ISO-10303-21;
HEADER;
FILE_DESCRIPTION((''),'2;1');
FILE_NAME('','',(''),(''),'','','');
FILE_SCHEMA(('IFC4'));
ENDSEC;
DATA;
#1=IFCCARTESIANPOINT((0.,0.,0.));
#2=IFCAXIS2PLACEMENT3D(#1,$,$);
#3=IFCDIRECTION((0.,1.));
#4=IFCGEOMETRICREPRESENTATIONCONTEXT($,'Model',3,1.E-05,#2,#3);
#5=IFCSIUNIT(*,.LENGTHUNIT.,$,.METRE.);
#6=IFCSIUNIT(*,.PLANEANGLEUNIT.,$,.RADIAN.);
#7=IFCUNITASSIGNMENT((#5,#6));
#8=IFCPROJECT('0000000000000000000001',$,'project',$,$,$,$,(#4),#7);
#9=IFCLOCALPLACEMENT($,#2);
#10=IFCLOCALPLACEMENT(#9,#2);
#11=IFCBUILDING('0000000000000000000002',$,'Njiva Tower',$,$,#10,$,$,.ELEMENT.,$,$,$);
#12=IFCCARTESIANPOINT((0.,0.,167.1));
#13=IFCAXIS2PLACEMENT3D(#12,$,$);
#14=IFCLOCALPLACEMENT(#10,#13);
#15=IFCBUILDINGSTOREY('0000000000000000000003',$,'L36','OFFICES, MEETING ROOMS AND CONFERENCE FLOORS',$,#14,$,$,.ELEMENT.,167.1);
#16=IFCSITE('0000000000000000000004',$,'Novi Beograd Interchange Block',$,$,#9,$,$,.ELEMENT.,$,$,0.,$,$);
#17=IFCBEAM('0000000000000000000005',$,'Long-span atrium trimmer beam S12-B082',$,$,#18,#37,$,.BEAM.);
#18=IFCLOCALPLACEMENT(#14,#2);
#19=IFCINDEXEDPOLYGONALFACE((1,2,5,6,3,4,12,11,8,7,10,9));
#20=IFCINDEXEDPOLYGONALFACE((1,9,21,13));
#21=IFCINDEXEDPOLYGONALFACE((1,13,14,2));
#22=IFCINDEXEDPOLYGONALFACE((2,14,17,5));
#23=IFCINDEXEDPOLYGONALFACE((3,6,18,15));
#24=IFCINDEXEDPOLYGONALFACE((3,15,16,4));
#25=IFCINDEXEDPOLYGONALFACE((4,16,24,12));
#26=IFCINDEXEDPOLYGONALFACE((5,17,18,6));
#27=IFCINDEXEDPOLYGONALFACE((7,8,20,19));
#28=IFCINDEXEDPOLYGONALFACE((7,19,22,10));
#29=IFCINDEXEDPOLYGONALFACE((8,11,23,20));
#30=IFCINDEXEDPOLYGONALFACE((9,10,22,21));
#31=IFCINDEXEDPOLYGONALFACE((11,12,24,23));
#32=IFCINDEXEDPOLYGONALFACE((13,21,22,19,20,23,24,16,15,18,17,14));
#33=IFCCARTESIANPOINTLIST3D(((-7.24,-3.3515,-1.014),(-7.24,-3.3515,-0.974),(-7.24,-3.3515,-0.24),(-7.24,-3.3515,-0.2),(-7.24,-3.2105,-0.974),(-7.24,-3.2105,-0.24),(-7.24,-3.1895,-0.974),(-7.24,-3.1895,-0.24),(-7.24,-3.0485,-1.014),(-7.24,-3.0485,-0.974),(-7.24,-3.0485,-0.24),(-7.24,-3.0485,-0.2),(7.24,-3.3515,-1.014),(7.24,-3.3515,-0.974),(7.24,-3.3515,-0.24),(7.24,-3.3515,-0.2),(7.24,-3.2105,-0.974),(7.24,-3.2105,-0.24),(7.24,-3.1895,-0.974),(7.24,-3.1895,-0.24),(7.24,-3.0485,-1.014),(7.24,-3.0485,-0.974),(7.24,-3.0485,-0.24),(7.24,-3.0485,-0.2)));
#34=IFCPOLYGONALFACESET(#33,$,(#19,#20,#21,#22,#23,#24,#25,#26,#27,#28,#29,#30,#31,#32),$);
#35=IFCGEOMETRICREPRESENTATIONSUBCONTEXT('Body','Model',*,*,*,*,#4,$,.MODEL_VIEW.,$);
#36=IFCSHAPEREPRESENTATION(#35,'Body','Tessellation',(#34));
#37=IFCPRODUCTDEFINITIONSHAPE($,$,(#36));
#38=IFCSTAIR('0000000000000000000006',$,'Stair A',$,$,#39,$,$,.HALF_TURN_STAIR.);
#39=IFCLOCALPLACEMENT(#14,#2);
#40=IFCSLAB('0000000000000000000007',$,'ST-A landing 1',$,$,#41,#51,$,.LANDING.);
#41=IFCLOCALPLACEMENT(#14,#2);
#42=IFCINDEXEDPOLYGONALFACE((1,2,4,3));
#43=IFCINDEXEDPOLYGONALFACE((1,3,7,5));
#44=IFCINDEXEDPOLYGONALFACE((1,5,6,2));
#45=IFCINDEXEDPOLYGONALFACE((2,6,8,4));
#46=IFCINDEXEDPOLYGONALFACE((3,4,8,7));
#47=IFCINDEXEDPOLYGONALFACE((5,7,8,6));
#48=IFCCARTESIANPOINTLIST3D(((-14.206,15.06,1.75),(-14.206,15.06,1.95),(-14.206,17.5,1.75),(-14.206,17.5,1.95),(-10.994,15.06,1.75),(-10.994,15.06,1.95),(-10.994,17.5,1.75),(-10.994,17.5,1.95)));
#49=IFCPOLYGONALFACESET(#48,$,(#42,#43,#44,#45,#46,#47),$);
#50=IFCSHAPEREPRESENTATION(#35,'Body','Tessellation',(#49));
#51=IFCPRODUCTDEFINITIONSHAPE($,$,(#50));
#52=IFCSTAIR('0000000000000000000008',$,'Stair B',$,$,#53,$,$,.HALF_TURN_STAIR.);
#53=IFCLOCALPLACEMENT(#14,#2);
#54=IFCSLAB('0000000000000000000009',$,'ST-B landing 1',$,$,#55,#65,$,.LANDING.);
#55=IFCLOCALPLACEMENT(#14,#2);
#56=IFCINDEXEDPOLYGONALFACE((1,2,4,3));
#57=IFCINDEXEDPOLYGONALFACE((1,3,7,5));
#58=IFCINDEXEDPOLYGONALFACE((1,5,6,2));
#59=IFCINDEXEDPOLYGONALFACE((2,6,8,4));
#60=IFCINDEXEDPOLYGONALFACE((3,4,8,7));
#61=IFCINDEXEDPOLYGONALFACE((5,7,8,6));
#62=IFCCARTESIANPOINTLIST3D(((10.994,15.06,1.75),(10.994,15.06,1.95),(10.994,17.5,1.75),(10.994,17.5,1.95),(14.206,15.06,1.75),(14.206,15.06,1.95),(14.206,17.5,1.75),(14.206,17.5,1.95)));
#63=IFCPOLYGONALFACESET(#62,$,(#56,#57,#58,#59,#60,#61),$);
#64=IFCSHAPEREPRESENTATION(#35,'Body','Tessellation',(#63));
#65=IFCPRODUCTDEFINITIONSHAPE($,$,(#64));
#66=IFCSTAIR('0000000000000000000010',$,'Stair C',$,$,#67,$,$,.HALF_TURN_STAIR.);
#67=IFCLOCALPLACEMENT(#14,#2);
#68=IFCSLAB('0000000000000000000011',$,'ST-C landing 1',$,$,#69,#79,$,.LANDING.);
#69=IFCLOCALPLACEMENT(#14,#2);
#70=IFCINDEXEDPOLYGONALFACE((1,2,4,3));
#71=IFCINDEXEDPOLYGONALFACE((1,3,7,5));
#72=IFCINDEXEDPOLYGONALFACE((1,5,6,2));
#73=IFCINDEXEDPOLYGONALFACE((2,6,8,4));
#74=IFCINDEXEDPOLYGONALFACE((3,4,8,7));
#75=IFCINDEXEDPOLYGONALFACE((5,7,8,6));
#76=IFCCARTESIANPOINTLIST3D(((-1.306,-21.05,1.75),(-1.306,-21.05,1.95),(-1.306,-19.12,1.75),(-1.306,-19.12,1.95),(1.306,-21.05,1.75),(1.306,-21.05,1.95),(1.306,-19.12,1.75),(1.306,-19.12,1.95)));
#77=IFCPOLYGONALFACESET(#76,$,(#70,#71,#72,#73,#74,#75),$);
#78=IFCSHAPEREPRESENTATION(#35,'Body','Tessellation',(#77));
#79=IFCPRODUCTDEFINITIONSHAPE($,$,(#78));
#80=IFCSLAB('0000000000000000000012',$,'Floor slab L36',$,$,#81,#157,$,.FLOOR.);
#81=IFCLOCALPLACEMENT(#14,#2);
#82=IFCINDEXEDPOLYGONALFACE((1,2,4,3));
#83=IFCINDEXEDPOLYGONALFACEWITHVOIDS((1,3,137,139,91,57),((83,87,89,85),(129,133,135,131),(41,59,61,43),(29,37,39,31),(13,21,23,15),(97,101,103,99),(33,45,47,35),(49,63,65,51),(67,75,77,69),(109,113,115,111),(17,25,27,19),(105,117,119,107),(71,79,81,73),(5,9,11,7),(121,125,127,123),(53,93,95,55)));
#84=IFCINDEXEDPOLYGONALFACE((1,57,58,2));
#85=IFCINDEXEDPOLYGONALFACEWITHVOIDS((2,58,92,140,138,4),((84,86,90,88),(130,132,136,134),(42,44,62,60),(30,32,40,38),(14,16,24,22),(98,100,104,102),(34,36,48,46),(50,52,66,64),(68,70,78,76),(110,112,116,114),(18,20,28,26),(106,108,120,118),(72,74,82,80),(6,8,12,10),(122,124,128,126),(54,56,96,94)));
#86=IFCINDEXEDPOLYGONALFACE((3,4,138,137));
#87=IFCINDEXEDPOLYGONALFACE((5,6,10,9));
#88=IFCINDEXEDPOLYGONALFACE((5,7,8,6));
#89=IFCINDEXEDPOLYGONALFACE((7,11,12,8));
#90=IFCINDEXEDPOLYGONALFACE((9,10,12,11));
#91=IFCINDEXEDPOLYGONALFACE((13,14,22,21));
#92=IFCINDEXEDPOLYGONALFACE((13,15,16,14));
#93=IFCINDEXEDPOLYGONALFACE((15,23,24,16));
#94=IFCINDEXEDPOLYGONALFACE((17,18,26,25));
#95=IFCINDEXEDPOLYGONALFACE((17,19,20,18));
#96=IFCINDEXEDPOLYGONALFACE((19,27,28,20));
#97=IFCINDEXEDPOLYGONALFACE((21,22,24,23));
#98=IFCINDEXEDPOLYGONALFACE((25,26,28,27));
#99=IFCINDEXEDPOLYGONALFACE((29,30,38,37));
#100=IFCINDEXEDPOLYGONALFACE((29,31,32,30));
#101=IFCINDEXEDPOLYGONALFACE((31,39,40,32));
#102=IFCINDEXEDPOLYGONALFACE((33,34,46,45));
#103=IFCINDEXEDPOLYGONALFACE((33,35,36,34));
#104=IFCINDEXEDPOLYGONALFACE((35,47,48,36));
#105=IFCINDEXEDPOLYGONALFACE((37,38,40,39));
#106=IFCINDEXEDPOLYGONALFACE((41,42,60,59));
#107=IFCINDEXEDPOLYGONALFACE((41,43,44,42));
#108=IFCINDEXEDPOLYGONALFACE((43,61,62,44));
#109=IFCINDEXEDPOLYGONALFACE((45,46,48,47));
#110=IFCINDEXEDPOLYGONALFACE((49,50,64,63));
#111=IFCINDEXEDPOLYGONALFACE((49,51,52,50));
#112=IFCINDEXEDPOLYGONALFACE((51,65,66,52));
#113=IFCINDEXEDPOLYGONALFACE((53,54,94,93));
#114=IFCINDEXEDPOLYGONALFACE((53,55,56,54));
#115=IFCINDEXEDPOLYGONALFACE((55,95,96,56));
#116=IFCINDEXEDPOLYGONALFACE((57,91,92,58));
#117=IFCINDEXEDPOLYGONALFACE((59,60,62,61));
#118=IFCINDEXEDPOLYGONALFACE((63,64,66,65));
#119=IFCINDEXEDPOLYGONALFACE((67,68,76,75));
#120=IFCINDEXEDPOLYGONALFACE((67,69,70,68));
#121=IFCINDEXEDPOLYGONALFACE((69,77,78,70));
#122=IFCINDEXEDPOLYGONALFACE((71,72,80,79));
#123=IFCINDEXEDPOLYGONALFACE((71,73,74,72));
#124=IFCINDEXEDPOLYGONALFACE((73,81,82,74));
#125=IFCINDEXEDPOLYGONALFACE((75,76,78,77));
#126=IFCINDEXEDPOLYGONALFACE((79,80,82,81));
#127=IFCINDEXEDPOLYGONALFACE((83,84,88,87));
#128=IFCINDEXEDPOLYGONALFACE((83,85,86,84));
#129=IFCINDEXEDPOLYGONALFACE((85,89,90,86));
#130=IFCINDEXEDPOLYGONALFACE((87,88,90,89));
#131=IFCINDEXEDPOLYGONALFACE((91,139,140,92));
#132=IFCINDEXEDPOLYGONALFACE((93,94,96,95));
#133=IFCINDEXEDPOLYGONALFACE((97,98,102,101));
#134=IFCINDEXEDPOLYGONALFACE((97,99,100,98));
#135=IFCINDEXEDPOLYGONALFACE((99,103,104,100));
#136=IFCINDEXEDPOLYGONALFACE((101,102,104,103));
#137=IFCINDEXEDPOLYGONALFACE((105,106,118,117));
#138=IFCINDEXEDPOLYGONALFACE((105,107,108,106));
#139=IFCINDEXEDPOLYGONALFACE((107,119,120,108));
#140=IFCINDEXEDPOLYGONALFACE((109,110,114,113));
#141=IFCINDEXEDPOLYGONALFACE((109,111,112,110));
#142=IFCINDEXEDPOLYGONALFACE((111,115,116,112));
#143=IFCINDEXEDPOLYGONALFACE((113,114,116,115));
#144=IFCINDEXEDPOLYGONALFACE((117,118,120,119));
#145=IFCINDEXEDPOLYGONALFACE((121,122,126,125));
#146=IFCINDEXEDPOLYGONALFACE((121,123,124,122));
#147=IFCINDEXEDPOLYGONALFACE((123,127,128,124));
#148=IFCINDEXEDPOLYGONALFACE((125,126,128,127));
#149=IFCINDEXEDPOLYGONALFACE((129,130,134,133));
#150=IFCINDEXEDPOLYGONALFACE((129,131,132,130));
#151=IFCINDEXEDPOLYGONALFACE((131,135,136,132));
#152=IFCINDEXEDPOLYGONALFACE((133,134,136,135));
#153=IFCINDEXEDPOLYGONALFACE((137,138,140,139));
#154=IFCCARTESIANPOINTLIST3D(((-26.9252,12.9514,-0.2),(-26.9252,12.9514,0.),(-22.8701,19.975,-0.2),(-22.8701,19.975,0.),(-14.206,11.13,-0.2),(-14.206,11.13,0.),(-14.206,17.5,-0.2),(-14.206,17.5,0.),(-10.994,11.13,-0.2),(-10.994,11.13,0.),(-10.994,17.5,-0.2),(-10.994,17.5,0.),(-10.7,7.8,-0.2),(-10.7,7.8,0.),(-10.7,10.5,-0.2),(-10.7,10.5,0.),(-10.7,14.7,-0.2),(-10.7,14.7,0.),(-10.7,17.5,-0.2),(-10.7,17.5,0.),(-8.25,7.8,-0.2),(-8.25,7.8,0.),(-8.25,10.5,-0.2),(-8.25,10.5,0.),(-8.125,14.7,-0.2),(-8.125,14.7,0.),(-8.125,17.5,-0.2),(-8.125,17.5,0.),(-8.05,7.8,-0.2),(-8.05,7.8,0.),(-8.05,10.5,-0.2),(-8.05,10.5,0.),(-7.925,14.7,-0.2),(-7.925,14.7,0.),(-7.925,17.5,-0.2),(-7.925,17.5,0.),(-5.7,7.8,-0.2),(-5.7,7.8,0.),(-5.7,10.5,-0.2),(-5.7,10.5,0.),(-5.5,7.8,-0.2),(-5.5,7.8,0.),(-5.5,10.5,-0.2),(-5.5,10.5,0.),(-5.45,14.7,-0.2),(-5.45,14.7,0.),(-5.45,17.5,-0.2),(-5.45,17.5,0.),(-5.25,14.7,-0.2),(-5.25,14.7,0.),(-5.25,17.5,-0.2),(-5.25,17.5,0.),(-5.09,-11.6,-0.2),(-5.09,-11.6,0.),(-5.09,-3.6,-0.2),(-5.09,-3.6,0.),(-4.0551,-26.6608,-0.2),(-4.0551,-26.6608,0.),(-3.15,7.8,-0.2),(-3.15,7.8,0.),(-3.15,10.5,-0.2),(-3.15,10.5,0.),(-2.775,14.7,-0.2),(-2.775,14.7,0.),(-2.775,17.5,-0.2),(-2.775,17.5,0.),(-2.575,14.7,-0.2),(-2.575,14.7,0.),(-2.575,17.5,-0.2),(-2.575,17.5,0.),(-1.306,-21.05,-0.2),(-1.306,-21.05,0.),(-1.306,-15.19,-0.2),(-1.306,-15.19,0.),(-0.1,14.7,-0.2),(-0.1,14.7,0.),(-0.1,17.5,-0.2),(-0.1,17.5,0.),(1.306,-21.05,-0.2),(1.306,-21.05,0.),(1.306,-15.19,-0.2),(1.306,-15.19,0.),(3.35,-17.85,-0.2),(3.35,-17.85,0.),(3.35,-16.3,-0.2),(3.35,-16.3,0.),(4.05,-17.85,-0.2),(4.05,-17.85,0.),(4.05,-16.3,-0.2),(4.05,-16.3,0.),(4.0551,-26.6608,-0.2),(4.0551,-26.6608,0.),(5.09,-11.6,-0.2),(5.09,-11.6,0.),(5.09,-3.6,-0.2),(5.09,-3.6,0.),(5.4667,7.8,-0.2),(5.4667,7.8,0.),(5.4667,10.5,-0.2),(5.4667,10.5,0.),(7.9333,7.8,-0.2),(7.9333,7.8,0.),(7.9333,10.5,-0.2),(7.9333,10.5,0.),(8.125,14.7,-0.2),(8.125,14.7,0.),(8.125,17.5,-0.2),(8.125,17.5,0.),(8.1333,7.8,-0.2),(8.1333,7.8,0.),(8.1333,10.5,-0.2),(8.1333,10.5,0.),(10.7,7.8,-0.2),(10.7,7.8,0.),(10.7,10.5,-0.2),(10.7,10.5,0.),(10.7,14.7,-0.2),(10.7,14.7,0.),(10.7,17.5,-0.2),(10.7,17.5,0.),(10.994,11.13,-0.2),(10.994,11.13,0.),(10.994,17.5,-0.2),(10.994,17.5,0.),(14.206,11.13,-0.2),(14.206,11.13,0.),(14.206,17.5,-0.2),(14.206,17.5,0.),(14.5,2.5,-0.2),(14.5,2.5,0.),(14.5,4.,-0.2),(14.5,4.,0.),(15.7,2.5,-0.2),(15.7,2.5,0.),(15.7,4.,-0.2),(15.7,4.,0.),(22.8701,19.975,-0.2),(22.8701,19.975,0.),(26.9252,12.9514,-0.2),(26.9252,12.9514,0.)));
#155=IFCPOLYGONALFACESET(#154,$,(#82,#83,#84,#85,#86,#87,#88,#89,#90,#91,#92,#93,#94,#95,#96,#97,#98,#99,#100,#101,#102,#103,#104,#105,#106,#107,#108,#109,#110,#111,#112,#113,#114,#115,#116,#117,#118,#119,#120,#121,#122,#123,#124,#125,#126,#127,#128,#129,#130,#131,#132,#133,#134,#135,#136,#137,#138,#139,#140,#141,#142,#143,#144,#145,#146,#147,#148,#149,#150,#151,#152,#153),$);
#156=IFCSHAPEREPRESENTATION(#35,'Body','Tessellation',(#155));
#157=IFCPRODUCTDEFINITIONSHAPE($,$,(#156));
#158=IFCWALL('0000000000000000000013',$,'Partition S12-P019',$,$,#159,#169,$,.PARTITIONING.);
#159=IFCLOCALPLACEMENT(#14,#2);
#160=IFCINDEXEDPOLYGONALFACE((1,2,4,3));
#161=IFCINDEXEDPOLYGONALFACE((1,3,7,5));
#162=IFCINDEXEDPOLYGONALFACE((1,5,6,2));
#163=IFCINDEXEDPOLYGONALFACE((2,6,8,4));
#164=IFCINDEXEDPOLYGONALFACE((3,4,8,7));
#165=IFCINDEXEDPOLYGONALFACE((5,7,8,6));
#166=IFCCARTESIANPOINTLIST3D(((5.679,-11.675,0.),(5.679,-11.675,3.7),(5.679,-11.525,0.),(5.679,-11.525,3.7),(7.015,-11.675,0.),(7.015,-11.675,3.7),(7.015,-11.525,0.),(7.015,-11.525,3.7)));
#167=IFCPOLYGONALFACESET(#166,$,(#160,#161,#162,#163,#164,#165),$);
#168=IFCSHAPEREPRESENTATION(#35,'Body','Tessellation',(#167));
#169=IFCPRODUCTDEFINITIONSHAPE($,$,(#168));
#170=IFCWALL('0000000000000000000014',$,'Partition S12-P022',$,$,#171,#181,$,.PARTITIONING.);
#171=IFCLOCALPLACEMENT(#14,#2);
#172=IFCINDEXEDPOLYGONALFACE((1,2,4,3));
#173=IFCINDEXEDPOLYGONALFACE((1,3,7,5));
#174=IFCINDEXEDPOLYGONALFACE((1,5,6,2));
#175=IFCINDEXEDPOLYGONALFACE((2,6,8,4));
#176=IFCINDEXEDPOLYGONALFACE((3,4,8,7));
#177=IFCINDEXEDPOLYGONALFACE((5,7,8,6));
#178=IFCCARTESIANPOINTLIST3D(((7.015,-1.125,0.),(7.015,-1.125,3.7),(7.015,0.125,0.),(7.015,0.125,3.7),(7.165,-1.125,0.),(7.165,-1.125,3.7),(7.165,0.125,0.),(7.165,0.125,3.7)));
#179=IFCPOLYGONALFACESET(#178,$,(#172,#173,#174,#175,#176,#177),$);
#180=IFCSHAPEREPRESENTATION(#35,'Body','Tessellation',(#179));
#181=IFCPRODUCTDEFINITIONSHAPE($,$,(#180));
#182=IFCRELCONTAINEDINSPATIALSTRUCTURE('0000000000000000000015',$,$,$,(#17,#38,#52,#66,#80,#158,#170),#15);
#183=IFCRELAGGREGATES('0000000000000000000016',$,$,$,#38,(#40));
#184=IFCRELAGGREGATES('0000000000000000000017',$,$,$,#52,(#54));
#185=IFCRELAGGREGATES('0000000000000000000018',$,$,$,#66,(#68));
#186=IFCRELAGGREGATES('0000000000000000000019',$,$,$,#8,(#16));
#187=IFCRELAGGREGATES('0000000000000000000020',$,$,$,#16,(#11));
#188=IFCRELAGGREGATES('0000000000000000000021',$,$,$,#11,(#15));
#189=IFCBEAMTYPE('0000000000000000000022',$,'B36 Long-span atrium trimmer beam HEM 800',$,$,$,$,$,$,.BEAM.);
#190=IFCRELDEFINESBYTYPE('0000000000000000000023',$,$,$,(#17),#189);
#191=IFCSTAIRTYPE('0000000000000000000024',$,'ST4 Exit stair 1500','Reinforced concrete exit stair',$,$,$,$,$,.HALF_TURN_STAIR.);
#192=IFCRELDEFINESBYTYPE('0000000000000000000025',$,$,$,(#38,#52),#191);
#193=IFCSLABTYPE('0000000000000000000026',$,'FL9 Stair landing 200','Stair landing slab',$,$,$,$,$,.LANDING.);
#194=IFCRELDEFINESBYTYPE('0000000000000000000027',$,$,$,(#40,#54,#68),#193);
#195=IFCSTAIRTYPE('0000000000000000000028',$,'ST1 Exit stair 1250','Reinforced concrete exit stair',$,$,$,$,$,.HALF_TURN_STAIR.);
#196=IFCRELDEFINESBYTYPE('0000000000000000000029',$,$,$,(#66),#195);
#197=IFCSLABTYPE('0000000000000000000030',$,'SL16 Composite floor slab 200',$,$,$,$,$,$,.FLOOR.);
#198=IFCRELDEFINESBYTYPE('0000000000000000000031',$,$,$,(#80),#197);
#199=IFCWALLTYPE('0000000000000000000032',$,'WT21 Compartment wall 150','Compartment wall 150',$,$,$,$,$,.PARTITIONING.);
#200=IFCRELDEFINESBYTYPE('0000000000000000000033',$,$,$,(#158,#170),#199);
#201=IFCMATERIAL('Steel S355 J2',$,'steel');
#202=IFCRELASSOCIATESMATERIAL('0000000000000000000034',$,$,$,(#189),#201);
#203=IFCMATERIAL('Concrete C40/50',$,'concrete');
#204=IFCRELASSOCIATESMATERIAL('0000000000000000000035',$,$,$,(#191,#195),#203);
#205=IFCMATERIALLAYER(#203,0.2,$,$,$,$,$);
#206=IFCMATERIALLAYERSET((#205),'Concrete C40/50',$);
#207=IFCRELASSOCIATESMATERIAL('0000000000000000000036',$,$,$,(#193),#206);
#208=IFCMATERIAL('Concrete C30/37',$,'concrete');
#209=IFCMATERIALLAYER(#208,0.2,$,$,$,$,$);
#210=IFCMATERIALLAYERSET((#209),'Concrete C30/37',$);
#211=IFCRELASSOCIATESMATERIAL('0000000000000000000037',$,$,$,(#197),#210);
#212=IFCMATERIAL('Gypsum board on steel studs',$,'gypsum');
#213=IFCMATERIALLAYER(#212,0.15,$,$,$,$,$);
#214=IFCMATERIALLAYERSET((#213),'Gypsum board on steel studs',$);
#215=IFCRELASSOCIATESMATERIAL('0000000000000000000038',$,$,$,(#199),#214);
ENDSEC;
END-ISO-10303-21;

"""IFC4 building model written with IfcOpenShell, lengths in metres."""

from ifc_helpers import new_model, si_unit, direction, frame, frame_2d, origin, origin_2d, place, context, subcontext, project, spatial, polyline, rectangle, i_section, outline, extrude, material, layer, layer_set, material_profile, profile_set, type_object, element, aggregate, save


model = new_model("IFC4")

# Units and contexts
model_context = context("Model", 3, precision=1e-05, world=origin(), true_north=direction((0.0, 1.0)))
body_context = subcontext(model_context, "Body", "Model", "MODEL_VIEW")
ifc_project = project(units=[si_unit("LENGTHUNIT", "METRE"), si_unit("PLANEANGLEUNIT", "RADIAN")], contexts=[model_context])

# Site, building, storey
site_placement = place(None, origin())
site = spatial("IfcSite", under=ifc_project, at=site_placement, Name="Novi Beograd Interchange Block", CompositionType="ELEMENT", RefElevation=0.0)
building_placement = place(site_placement, origin())
building = spatial("IfcBuilding", under=site, at=building_placement, Name="Njiva Tower", CompositionType="ELEMENT")
storey_placement = place(building_placement, frame((0.0, 0.0, 167.1)))
storey = spatial("IfcBuildingStorey", under=building, at=storey_placement, Name="L36", Description="OFFICES, MEETING ROOMS AND CONFERENCE FLOORS", CompositionType="ELEMENT", Elevation=167.1)

# Shared definitions
ifc_material_1 = material(Name="Steel S355 J2", Category="steel")

# Beam
ifc_material_profile_1 = material_profile(ifc_material_1, i_section(OverallWidth=0.303, OverallDepth=0.814, WebThickness=0.021, FlangeThickness=0.04, at=origin_2d()), Name="HEM 800")
ifc_profile_set_1 = profile_set([ifc_material_profile_1], Name="Steel S355 J2")
beam_type_1 = type_object("IfcBeamType", Name="B36 Long-span atrium trimmer beam HEM 800", PredefinedType="BEAM", material=ifc_profile_set_1)
beam_1_placement = place(storey_placement, frame((7.24, -3.2, -0.607), z_axis=(-1.0, 0.0, 0.0), x_axis=(0.0, -1.0, 0.0)))
element("IfcBeam", 1, at=beam_1_placement, inside=storey, type_object=beam_type_1, Name="Long-span atrium trimmer beam S12-B082", PredefinedType="BEAM", context=body_context, shape_type="SweptSolid", body=[
    extrude(i_section(OverallWidth=0.303, OverallDepth=0.814, WebThickness=0.021, FlangeThickness=0.04, at=origin_2d()), origin(), (0.0, 0.0, 1.0), 14.48),
])

# Stairs, slabs
ifc_material_2 = material(Name="Concrete C40/50", Category="concrete")
stair_type_1 = type_object("IfcStairType", Name="ST4 Exit stair 1500", Description="Reinforced concrete exit stair", PredefinedType="HALF_TURN_STAIR", material=ifc_material_2)
stair_1_placement = place(storey_placement, origin())
stair_1 = element("IfcStair", 2, at=stair_1_placement, inside=storey, type_object=stair_type_1, Name="Stair A", PredefinedType="HALF_TURN_STAIR")
ifc_layer_1 = layer(ifc_material_2, 0.2)
ifc_layer_set_1 = layer_set([ifc_layer_1], Name="Concrete C40/50")
slab_type_1 = type_object("IfcSlabType", Name="FL9 Stair landing 200", Description="Stair landing slab", PredefinedType="LANDING", material=ifc_layer_set_1)
slab_1_placement = place(storey_placement, frame((0.0, 0.0, 1.75)))
slab_1 = element("IfcSlab", 3, at=slab_1_placement, type_object=slab_type_1, Name="ST-A landing 1", PredefinedType="LANDING", context=body_context, shape_type="SweptSolid", body=[
    extrude(outline(polyline([(-14.206, 15.06), (-10.994, 15.06), (-10.994, 17.5), (-14.206, 17.5), (-14.206, 15.06)])), origin(), (0.0, 0.0, 1.0), 0.2),
])
aggregate(stair_1, [slab_1])
stair_2_placement = place(storey_placement, origin())
stair_2 = element("IfcStair", 4, at=stair_2_placement, inside=storey, type_object=stair_type_1, Name="Stair B", PredefinedType="HALF_TURN_STAIR")
slab_2_placement = place(storey_placement, frame((0.0, 0.0, 1.75)))
slab_2 = element("IfcSlab", 5, at=slab_2_placement, type_object=slab_type_1, Name="ST-B landing 1", PredefinedType="LANDING", context=body_context, shape_type="SweptSolid", body=[
    extrude(outline(polyline([(10.994, 15.06), (14.206, 15.06), (14.206, 17.5), (10.994, 17.5), (10.994, 15.06)])), origin(), (0.0, 0.0, 1.0), 0.2),
])
aggregate(stair_2, [slab_2])
stair_type_2 = type_object("IfcStairType", Name="ST1 Exit stair 1250", Description="Reinforced concrete exit stair", PredefinedType="HALF_TURN_STAIR", material=ifc_material_2)
stair_3_placement = place(storey_placement, origin())
stair_3 = element("IfcStair", 6, at=stair_3_placement, inside=storey, type_object=stair_type_2, Name="Stair C", PredefinedType="HALF_TURN_STAIR")
slab_3_placement = place(storey_placement, frame((0.0, 0.0, 1.75)))
slab_3 = element("IfcSlab", 7, at=slab_3_placement, type_object=slab_type_1, Name="ST-C landing 1", PredefinedType="LANDING", context=body_context, shape_type="SweptSolid", body=[
    extrude(outline(polyline([(-1.306, -21.05), (1.306, -21.05), (1.306, -19.12), (-1.306, -19.12), (-1.306, -21.05)])), origin(), (0.0, 0.0, 1.0), 0.2),
])
aggregate(stair_3, [slab_3])

# Slab
ifc_material_3 = material(Name="Concrete C30/37", Category="concrete")
ifc_layer_2 = layer(ifc_material_3, 0.2)
ifc_layer_set_2 = layer_set([ifc_layer_2], Name="Concrete C30/37")
slab_type_2 = type_object("IfcSlabType", Name="SL16 Composite floor slab 200", PredefinedType="FLOOR", material=ifc_layer_set_2)
slab_4_placement = place(storey_placement, frame((0.0, 0.0, -0.2)))
element("IfcSlab", 8, at=slab_4_placement, inside=storey, type_object=slab_type_2, Name="Floor slab L36", PredefinedType="FLOOR", context=body_context, shape_type="SweptSolid", body=[
    extrude(outline(polyline([(26.9252, 12.9514), (4.0551, -26.6608), (-4.0551, -26.6608), (-26.9252, 12.9514), (-22.8701, 19.975), (22.8701, 19.975), (26.9252, 12.9514)]), holes=[polyline([(14.5, 2.5), (15.7, 2.5), (15.7, 4.0), (14.5, 4.0), (14.5, 2.5)]), polyline([(10.994, 11.13), (14.206, 11.13), (14.206, 17.5), (10.994, 17.5), (10.994, 11.13)]), polyline([(8.125, 14.7), (10.7, 14.7), (10.7, 17.5), (8.125, 17.5), (8.125, 14.7)]), polyline([(8.1333, 7.8), (10.7, 7.8), (10.7, 10.5), (8.1333, 10.5), (8.1333, 7.8)]), polyline([(5.4667, 7.8), (7.9333, 7.8), (7.9333, 10.5), (5.4667, 10.5), (5.4667, 7.8)]), polyline([(5.09, -11.6), (5.09, -3.6), (-5.09, -3.6), (-5.09, -11.6), (5.09, -11.6)]), polyline([(3.35, -17.85), (4.05, -17.85), (4.05, -16.3), (3.35, -16.3), (3.35, -17.85)]), polyline([(-1.306, -21.05), (1.306, -21.05), (1.306, -15.19), (-1.306, -15.19), (-1.306, -21.05)]), polyline([(-2.575, 14.7), (-0.1, 14.7), (-0.1, 17.5), (-2.575, 17.5), (-2.575, 14.7)]), polyline([(-5.25, 14.7), (-2.775, 14.7), (-2.775, 17.5), (-5.25, 17.5), (-5.25, 14.7)]), polyline([(-5.5, 7.8), (-3.15, 7.8), (-3.15, 10.5), (-5.5, 10.5), (-5.5, 7.8)]), polyline([(-7.925, 14.7), (-5.45, 14.7), (-5.45, 17.5), (-7.925, 17.5), (-7.925, 14.7)]), polyline([(-8.05, 7.8), (-5.7, 7.8), (-5.7, 10.5), (-8.05, 10.5), (-8.05, 7.8)]), polyline([(-10.7, 14.7), (-8.125, 14.7), (-8.125, 17.5), (-10.7, 17.5), (-10.7, 14.7)]), polyline([(-10.7, 7.8), (-8.25, 7.8), (-8.25, 10.5), (-10.7, 10.5), (-10.7, 7.8)]), polyline([(-14.206, 11.13), (-10.994, 11.13), (-10.994, 17.5), (-14.206, 17.5), (-14.206, 11.13)])]), origin(), (0.0, 0.0, 1.0), 0.2),
])

# Walls
ifc_material_4 = material(Name="Gypsum board on steel studs", Category="gypsum")
ifc_layer_3 = layer(ifc_material_4, 0.15)
ifc_layer_set_3 = layer_set([ifc_layer_3], Name="Gypsum board on steel studs")
wall_type_1 = type_object("IfcWallType", Name="WT21 Compartment wall 150", Description="Compartment wall 150", PredefinedType="PARTITIONING", material=ifc_layer_set_3)
wall_1_placement = place(storey_placement, frame((5.679, -11.6, 0.0), z_axis=(0.0, 0.0, 1.0), x_axis=(1.0, 0.0, 0.0)))
element("IfcWall", 9, at=wall_1_placement, inside=storey, type_object=wall_type_1, Name="Partition S12-P019", PredefinedType="PARTITIONING", context=body_context, shape_type="SweptSolid", body=[
    extrude(rectangle(XDim=1.336, YDim=0.15, at=frame_2d((0.668, 0.0))), origin(), (0.0, 0.0, 1.0), 3.7),
])
wall_2_placement = place(storey_placement, frame((7.09, -1.125, 0.0), z_axis=(0.0, 0.0, 1.0), x_axis=(0.0, 1.0, 0.0)))
element("IfcWall", 10, at=wall_2_placement, inside=storey, type_object=wall_type_1, Name="Partition S12-P022", PredefinedType="PARTITIONING", context=body_context, shape_type="SweptSolid", body=[
    extrude(rectangle(XDim=1.25, YDim=0.15, at=frame_2d((0.625, 0.0))), origin(), (0.0, 0.0, 1.0), 3.7),
])

save(model, "model.ifc")
